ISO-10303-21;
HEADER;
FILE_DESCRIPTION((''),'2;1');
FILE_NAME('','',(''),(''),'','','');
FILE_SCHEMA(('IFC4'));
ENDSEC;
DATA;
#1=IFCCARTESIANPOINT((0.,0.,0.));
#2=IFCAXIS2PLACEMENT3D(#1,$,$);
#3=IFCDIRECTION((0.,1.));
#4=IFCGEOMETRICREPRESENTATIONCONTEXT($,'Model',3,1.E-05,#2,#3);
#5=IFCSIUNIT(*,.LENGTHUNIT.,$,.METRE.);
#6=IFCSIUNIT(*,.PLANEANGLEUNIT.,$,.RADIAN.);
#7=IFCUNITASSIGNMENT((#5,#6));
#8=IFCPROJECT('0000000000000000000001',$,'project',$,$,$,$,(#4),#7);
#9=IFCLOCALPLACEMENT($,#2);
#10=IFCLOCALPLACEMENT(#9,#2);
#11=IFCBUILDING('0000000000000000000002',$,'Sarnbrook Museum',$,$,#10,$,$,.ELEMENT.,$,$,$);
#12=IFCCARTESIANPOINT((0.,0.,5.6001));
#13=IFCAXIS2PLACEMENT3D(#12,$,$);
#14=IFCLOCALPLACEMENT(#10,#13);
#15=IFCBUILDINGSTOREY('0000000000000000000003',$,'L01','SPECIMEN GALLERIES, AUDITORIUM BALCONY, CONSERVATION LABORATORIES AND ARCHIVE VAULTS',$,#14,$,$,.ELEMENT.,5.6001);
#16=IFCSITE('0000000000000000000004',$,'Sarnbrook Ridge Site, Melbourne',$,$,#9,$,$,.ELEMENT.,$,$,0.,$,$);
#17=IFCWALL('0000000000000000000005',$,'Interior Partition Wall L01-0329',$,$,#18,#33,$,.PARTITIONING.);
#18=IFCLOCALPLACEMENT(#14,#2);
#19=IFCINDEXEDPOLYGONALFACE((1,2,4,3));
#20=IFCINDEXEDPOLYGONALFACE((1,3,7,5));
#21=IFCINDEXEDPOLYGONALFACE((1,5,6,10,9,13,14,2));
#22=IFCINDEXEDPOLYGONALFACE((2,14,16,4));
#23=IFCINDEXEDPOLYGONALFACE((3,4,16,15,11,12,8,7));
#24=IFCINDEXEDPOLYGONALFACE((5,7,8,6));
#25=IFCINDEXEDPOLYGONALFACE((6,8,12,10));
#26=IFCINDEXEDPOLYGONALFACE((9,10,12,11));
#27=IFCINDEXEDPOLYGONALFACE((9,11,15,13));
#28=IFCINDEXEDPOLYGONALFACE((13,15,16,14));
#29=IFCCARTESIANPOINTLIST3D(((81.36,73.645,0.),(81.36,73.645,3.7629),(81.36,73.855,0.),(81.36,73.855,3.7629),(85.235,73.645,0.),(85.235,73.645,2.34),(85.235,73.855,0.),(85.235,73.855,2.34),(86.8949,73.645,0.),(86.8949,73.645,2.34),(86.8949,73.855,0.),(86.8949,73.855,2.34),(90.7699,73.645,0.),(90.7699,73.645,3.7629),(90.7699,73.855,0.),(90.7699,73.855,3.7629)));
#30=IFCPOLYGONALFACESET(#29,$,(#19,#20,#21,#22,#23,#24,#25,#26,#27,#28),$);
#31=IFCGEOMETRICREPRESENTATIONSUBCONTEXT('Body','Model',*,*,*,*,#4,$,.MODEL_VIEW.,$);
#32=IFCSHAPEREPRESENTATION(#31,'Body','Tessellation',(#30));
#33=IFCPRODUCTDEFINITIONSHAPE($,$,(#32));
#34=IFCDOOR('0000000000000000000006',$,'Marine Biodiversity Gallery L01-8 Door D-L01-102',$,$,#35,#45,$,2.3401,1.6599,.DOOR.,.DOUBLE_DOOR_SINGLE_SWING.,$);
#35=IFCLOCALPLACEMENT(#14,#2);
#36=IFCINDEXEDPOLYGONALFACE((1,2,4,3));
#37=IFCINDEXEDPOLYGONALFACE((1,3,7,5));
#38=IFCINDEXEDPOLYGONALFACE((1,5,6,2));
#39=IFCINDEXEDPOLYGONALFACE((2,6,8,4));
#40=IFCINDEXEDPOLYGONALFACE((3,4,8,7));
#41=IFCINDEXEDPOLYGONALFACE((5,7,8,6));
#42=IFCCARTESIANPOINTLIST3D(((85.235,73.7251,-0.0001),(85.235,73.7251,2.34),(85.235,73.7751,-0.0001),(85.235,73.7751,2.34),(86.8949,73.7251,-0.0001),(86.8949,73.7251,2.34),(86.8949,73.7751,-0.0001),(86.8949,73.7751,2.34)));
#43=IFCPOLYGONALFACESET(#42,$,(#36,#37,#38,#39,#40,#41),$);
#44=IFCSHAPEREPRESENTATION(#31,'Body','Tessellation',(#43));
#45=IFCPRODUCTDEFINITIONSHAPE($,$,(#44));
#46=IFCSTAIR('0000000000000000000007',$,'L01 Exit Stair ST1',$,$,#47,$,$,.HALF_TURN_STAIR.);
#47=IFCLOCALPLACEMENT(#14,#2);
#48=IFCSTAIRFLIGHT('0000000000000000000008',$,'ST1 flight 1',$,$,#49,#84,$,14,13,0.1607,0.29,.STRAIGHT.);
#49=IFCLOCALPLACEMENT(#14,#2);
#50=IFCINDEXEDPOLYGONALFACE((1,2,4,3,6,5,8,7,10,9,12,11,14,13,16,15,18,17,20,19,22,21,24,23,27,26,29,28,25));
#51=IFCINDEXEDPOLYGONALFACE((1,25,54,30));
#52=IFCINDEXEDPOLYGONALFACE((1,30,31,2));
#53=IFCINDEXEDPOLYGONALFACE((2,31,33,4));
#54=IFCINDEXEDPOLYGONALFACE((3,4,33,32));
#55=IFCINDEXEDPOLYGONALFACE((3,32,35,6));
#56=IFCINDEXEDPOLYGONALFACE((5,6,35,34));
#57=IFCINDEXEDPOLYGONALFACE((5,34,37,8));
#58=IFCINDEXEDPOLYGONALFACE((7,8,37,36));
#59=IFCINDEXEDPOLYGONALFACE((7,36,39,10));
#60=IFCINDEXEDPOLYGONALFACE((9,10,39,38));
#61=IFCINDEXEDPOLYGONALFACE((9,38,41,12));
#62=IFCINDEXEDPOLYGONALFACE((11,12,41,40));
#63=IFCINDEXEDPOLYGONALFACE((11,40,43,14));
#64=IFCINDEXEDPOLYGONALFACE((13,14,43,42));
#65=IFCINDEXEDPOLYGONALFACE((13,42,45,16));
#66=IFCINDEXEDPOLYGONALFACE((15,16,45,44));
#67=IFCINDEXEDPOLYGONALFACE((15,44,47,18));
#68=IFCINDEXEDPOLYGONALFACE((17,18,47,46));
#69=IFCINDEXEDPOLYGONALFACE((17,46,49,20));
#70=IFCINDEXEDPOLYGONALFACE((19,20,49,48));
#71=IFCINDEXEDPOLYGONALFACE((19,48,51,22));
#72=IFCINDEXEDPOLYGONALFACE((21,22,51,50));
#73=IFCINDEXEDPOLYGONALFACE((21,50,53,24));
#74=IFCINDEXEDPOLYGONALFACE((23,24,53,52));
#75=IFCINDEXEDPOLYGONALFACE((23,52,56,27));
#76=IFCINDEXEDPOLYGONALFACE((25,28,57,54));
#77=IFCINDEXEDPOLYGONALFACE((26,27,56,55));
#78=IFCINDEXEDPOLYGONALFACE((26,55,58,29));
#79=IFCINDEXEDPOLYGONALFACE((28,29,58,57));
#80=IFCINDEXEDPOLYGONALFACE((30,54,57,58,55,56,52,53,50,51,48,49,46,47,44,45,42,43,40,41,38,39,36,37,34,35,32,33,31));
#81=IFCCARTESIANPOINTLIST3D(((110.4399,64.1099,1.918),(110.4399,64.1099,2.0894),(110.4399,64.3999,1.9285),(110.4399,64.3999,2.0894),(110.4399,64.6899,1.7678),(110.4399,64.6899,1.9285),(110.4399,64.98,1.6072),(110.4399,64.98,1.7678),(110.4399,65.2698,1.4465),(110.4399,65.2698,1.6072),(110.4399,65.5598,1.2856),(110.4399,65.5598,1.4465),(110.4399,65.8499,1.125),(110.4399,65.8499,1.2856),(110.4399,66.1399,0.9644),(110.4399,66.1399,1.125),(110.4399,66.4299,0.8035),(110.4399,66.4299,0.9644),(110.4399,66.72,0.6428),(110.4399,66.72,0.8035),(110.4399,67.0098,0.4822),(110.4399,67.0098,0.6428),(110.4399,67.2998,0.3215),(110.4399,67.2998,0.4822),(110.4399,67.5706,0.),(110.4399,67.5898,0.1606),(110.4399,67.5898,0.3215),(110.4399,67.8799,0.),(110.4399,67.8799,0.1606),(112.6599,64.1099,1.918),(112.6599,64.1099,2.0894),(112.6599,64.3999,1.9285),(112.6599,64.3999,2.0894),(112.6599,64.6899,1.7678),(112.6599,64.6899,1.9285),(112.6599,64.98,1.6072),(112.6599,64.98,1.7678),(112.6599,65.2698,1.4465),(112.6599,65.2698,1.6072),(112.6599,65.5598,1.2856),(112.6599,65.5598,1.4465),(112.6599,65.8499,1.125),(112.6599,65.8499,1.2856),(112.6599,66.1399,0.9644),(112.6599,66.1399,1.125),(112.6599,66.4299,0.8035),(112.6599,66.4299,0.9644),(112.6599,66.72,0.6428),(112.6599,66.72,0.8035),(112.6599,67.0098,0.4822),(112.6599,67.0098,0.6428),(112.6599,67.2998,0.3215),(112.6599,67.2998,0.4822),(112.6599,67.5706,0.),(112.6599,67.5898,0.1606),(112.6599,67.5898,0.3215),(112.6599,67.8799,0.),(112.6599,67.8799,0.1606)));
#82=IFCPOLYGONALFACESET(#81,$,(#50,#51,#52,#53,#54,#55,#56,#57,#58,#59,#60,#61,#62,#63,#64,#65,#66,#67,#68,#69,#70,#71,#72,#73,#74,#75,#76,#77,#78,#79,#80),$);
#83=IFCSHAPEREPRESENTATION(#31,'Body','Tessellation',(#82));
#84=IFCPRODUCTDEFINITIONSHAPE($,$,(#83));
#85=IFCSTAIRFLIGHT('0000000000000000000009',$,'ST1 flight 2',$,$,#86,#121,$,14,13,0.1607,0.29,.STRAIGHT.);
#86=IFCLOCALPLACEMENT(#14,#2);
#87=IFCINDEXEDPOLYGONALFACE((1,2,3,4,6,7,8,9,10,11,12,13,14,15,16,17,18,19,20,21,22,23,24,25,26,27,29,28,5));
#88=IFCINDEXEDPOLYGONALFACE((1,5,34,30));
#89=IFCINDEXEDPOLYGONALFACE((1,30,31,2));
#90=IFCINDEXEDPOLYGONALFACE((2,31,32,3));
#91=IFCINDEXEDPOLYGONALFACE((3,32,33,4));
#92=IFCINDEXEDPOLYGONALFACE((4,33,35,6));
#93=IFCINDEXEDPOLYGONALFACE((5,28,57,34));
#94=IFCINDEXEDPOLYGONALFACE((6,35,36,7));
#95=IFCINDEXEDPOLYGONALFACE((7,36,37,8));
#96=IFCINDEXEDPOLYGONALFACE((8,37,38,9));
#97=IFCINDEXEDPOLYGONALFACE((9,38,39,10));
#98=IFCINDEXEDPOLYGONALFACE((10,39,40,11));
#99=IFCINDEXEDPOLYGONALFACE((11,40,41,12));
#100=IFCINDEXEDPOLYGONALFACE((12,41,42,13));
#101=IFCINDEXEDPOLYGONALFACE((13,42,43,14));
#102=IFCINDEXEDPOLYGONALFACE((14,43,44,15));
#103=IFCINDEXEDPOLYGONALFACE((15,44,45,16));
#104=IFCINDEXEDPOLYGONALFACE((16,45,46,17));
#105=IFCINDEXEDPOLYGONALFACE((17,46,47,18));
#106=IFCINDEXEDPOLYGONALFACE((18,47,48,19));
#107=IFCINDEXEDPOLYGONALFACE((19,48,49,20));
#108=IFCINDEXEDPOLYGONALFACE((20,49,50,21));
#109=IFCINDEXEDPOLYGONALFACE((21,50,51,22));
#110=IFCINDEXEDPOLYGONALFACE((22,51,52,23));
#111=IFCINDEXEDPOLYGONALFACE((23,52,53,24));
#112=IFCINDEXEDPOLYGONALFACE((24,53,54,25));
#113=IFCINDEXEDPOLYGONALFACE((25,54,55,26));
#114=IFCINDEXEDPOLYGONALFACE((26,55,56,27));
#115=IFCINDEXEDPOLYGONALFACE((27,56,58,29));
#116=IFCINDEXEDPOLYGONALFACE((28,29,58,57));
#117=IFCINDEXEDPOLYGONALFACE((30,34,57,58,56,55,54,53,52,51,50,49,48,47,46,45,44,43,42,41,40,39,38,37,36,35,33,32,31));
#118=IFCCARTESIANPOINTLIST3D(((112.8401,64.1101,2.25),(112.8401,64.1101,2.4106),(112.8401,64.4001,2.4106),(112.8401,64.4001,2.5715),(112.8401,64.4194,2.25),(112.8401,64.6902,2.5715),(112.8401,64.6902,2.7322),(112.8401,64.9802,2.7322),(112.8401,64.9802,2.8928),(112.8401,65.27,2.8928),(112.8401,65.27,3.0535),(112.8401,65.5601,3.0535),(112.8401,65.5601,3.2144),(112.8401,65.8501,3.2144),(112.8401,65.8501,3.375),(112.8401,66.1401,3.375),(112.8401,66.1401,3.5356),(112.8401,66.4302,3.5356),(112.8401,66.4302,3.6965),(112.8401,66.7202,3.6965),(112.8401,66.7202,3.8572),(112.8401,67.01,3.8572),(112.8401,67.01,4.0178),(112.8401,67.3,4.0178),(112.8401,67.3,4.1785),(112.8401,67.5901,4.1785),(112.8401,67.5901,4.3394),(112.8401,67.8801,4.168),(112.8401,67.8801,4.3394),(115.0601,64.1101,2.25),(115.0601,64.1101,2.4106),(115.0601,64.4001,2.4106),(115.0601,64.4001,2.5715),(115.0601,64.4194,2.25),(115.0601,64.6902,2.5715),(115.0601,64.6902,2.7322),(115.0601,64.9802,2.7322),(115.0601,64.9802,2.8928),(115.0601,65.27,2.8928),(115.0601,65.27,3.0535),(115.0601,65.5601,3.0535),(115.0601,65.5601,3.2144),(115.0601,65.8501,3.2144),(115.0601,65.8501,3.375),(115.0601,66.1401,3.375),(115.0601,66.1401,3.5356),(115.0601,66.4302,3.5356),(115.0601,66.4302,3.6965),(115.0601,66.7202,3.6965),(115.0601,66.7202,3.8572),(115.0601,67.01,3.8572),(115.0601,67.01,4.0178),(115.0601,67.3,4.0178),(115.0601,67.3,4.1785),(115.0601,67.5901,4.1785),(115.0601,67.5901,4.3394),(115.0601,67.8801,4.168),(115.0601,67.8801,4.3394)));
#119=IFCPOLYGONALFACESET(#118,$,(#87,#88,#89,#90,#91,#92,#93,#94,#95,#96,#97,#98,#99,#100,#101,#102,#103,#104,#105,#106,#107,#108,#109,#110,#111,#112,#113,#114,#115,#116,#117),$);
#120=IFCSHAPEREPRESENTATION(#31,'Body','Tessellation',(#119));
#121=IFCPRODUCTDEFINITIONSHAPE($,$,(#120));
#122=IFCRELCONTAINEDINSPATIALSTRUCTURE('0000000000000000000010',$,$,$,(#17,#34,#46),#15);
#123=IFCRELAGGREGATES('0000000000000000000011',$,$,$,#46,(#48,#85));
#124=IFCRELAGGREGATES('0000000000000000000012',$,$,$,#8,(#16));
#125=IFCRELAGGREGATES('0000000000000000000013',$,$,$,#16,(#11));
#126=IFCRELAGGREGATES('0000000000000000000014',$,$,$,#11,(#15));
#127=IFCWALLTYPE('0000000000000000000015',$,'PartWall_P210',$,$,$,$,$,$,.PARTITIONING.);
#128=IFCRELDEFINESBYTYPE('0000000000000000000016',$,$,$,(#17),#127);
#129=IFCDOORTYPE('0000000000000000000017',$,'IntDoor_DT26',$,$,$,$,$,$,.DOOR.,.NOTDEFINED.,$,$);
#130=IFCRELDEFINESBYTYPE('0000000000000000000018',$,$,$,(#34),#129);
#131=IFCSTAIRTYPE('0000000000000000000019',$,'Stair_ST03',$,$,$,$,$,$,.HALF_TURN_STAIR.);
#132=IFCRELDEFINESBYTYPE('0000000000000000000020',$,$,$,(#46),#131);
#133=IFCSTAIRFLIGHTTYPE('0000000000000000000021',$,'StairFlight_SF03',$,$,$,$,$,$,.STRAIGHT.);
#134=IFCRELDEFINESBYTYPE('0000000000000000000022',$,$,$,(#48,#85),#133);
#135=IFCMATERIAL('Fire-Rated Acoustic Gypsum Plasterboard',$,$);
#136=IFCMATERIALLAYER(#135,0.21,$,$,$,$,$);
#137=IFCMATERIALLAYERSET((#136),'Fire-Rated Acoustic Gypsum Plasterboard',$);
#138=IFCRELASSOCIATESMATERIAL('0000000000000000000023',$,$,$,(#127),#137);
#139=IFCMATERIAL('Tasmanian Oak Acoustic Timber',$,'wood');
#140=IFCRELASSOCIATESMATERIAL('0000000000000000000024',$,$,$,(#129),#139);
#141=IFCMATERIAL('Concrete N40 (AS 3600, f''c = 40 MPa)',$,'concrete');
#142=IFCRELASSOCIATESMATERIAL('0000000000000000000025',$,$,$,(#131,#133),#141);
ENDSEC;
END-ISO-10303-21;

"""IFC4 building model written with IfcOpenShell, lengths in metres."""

from ifc_helpers import new_model, si_unit, direction, frame, frame_2d, origin, place, context, subcontext, project, spatial, polyline, rectangle, outline, extrude, material, layer, layer_set, type_object, element, fill, aggregate, save


model = new_model("IFC4")

# Units and contexts
model_context = context("Model", 3, precision=1e-05, world=origin(), true_north=direction((0.0, 1.0)))
body_context = subcontext(model_context, "Body", "Model", "MODEL_VIEW")
ifc_project = project(units=[si_unit("LENGTHUNIT", "METRE"), si_unit("PLANEANGLEUNIT", "RADIAN")], contexts=[model_context])

# Site, building, storey
site_placement = place(None, origin())
site = spatial("IfcSite", under=ifc_project, at=site_placement, Name="Sarnbrook Ridge Site, Melbourne", CompositionType="ELEMENT", RefElevation=0.0)
building_placement = place(site_placement, origin())
building = spatial("IfcBuilding", under=site, at=building_placement, Name="Sarnbrook Museum", CompositionType="ELEMENT")
storey_placement = place(building_placement, frame((0.0, 0.0, 5.6001)))
storey = spatial("IfcBuildingStorey", under=building, at=storey_placement, Name="L01", Description="SPECIMEN GALLERIES, AUDITORIUM BALCONY, CONSERVATION LABORATORIES AND ARCHIVE VAULTS", CompositionType="ELEMENT", Elevation=5.6001)

# Wall, opening, door
ifc_material_1 = material(Name="Fire-Rated Acoustic Gypsum Plasterboard")
ifc_layer_1 = layer(ifc_material_1, 0.21)
ifc_layer_set_1 = layer_set([ifc_layer_1], Name="Fire-Rated Acoustic Gypsum Plasterboard")
wall_type_1 = type_object("IfcWallType", Name="PartWall_P210", PredefinedType="PARTITIONING", material=ifc_layer_set_1)
wall_1_placement = place(storey_placement, frame((90.77, 73.75, 0.0), z_axis=(0.0, 0.0, 1.0), x_axis=(-1.0, 0.0, 0.0)))
wall_1 = element("IfcWall", 1, at=wall_1_placement, inside=storey, type_object=wall_type_1, Name="Interior Partition Wall L01-0329", PredefinedType="PARTITIONING", context=body_context, shape_type="SweptSolid", body=[
    extrude(rectangle(XDim=9.4099, YDim=0.21, at=frame_2d((4.7051, 0.0))), origin(), (0.0, 0.0, 1.0), 3.7629),
])
opening_placement = place(wall_1_placement, frame((3.875, 0.0, 0.0)))
opening = element("IfcOpeningElement", 2, at=opening_placement, cuts=wall_1, PredefinedType="OPENING", context=body_context, shape_type="SweptSolid", body=[
    extrude(rectangle(XDim=1.6599, YDim=2.3401, at=frame_2d((0.8301, 1.1699))), frame((0.0, 0.115, 0.0), z_axis=(0.0, -1.0, 0.0), x_axis=(1.0, 0.0, 0.0)), (0.0, 0.0, 1.0), 0.23),
])
ifc_material_2 = material(Name="Tasmanian Oak Acoustic Timber", Category="wood")
door_type = type_object("IfcDoorType", Name="IntDoor_DT26", OperationType="NOTDEFINED", PredefinedType="DOOR", material=ifc_material_2)
door_placement = place(opening_placement, origin())
door = element("IfcDoor", 3, at=door_placement, inside=storey, type_object=door_type, Name="Marine Biodiversity Gallery L01-8 Door D-L01-102", OperationType="DOUBLE_DOOR_SINGLE_SWING", OverallHeight=2.3401, OverallWidth=1.6599, PredefinedType="DOOR", context=body_context, shape_type="SweptSolid", body=[
    extrude(rectangle(XDim=1.6599, YDim=2.3401, at=frame_2d((0.8301, 1.1699))), frame((0.0, 0.0249, 0.0), z_axis=(0.0, -1.0, 0.0), x_axis=(1.0, 0.0, 0.0)), (0.0, 0.0, 1.0), 0.05),
])
fill(opening, door)

# Stair, stair flights
ifc_material_3 = material(Name="Concrete N40 (AS 3600, f'c = 40 MPa)", Category="concrete")
stair_type = type_object("IfcStairType", Name="Stair_ST03", PredefinedType="HALF_TURN_STAIR", material=ifc_material_3)
stair_placement = place(storey_placement, origin())
stair = element("IfcStair", 4, at=stair_placement, inside=storey, type_object=stair_type, Name="L01 Exit Stair ST1", PredefinedType="HALF_TURN_STAIR")
stair_flight_type = type_object("IfcStairFlightType", Name="StairFlight_SF03", PredefinedType="STRAIGHT", material=ifc_material_3)
stair_flight_1_placement = place(storey_placement, frame((111.55, 67.8799, 0.0), z_axis=(0.0, 0.0, 1.0), x_axis=(0.0, -1.0, 0.0)))
stair_flight_1 = element("IfcStairFlight", 5, at=stair_flight_1_placement, type_object=stair_flight_type, Name="ST1 flight 1", NumberOfRisers=14, NumberOfTreads=13, PredefinedType="STRAIGHT", RiserHeight=0.1607, TreadLength=0.29, context=body_context, shape_type="SweptSolid", body=[
    extrude(outline(polyline([(0.0, 0.0), (0.0, 0.1606), (0.29, 0.1606), (0.29, 0.3215), (0.5801, 0.3215), (0.5801, 0.4822), (0.8701, 0.4822), (0.8701, 0.6428), (1.1599, 0.6428), (1.1599, 0.8035), (1.45, 0.8035), (1.45, 0.9644), (1.74, 0.9644), (1.74, 1.125), (2.03, 1.125), (2.03, 1.2856), (2.3201, 1.2856), (2.3201, 1.4465), (2.6101, 1.4465), (2.6101, 1.6072), (2.8999, 1.6072), (2.8999, 1.7678), (3.1899, 1.7678), (3.1899, 1.9285), (3.48, 1.9285), (3.48, 2.0894), (3.77, 2.0894), (3.77, 2.25), (3.77, 1.918), (0.3093, 0.0), (0.0, 0.0)])), frame((0.0, 1.1099, 0.0), z_axis=(0.0, -1.0, 0.0), x_axis=(1.0, 0.0, 0.0)), (0.0, 0.0, 1.0), 2.22),
])
stair_flight_2_placement = place(storey_placement, frame((113.95, 64.1101, 2.25), z_axis=(0.0, 0.0, 1.0), x_axis=(0.0, 1.0, 0.0)))
stair_flight_2 = element("IfcStairFlight", 6, at=stair_flight_2_placement, type_object=stair_flight_type, Name="ST1 flight 2", NumberOfRisers=14, NumberOfTreads=13, PredefinedType="STRAIGHT", RiserHeight=0.1607, TreadLength=0.29, context=body_context, shape_type="SweptSolid", body=[
    extrude(outline(polyline([(0.0, 0.0), (0.0, 0.1606), (0.29, 0.1606), (0.29, 0.3215), (0.5801, 0.3215), (0.5801, 0.4822), (0.8701, 0.4822), (0.8701, 0.6428), (1.1599, 0.6428), (1.1599, 0.8035), (1.45, 0.8035), (1.45, 0.9644), (1.74, 0.9644), (1.74, 1.125), (2.03, 1.125), (2.03, 1.2856), (2.3201, 1.2856), (2.3201, 1.4465), (2.6101, 1.4465), (2.6101, 1.6072), (2.8999, 1.6072), (2.8999, 1.7678), (3.1899, 1.7678), (3.1899, 1.9285), (3.48, 1.9285), (3.48, 2.0894), (3.77, 2.0894), (3.77, 2.25), (3.77, 1.918), (0.3093, 0.0), (0.0, 0.0)])), frame((0.0, 1.1099, 0.0), z_axis=(0.0, -1.0, 0.0), x_axis=(1.0, 0.0, 0.0)), (0.0, 0.0, 1.0), 2.22),
])
aggregate(stair, [stair_flight_1, stair_flight_2])

save(model, "model.ifc")
